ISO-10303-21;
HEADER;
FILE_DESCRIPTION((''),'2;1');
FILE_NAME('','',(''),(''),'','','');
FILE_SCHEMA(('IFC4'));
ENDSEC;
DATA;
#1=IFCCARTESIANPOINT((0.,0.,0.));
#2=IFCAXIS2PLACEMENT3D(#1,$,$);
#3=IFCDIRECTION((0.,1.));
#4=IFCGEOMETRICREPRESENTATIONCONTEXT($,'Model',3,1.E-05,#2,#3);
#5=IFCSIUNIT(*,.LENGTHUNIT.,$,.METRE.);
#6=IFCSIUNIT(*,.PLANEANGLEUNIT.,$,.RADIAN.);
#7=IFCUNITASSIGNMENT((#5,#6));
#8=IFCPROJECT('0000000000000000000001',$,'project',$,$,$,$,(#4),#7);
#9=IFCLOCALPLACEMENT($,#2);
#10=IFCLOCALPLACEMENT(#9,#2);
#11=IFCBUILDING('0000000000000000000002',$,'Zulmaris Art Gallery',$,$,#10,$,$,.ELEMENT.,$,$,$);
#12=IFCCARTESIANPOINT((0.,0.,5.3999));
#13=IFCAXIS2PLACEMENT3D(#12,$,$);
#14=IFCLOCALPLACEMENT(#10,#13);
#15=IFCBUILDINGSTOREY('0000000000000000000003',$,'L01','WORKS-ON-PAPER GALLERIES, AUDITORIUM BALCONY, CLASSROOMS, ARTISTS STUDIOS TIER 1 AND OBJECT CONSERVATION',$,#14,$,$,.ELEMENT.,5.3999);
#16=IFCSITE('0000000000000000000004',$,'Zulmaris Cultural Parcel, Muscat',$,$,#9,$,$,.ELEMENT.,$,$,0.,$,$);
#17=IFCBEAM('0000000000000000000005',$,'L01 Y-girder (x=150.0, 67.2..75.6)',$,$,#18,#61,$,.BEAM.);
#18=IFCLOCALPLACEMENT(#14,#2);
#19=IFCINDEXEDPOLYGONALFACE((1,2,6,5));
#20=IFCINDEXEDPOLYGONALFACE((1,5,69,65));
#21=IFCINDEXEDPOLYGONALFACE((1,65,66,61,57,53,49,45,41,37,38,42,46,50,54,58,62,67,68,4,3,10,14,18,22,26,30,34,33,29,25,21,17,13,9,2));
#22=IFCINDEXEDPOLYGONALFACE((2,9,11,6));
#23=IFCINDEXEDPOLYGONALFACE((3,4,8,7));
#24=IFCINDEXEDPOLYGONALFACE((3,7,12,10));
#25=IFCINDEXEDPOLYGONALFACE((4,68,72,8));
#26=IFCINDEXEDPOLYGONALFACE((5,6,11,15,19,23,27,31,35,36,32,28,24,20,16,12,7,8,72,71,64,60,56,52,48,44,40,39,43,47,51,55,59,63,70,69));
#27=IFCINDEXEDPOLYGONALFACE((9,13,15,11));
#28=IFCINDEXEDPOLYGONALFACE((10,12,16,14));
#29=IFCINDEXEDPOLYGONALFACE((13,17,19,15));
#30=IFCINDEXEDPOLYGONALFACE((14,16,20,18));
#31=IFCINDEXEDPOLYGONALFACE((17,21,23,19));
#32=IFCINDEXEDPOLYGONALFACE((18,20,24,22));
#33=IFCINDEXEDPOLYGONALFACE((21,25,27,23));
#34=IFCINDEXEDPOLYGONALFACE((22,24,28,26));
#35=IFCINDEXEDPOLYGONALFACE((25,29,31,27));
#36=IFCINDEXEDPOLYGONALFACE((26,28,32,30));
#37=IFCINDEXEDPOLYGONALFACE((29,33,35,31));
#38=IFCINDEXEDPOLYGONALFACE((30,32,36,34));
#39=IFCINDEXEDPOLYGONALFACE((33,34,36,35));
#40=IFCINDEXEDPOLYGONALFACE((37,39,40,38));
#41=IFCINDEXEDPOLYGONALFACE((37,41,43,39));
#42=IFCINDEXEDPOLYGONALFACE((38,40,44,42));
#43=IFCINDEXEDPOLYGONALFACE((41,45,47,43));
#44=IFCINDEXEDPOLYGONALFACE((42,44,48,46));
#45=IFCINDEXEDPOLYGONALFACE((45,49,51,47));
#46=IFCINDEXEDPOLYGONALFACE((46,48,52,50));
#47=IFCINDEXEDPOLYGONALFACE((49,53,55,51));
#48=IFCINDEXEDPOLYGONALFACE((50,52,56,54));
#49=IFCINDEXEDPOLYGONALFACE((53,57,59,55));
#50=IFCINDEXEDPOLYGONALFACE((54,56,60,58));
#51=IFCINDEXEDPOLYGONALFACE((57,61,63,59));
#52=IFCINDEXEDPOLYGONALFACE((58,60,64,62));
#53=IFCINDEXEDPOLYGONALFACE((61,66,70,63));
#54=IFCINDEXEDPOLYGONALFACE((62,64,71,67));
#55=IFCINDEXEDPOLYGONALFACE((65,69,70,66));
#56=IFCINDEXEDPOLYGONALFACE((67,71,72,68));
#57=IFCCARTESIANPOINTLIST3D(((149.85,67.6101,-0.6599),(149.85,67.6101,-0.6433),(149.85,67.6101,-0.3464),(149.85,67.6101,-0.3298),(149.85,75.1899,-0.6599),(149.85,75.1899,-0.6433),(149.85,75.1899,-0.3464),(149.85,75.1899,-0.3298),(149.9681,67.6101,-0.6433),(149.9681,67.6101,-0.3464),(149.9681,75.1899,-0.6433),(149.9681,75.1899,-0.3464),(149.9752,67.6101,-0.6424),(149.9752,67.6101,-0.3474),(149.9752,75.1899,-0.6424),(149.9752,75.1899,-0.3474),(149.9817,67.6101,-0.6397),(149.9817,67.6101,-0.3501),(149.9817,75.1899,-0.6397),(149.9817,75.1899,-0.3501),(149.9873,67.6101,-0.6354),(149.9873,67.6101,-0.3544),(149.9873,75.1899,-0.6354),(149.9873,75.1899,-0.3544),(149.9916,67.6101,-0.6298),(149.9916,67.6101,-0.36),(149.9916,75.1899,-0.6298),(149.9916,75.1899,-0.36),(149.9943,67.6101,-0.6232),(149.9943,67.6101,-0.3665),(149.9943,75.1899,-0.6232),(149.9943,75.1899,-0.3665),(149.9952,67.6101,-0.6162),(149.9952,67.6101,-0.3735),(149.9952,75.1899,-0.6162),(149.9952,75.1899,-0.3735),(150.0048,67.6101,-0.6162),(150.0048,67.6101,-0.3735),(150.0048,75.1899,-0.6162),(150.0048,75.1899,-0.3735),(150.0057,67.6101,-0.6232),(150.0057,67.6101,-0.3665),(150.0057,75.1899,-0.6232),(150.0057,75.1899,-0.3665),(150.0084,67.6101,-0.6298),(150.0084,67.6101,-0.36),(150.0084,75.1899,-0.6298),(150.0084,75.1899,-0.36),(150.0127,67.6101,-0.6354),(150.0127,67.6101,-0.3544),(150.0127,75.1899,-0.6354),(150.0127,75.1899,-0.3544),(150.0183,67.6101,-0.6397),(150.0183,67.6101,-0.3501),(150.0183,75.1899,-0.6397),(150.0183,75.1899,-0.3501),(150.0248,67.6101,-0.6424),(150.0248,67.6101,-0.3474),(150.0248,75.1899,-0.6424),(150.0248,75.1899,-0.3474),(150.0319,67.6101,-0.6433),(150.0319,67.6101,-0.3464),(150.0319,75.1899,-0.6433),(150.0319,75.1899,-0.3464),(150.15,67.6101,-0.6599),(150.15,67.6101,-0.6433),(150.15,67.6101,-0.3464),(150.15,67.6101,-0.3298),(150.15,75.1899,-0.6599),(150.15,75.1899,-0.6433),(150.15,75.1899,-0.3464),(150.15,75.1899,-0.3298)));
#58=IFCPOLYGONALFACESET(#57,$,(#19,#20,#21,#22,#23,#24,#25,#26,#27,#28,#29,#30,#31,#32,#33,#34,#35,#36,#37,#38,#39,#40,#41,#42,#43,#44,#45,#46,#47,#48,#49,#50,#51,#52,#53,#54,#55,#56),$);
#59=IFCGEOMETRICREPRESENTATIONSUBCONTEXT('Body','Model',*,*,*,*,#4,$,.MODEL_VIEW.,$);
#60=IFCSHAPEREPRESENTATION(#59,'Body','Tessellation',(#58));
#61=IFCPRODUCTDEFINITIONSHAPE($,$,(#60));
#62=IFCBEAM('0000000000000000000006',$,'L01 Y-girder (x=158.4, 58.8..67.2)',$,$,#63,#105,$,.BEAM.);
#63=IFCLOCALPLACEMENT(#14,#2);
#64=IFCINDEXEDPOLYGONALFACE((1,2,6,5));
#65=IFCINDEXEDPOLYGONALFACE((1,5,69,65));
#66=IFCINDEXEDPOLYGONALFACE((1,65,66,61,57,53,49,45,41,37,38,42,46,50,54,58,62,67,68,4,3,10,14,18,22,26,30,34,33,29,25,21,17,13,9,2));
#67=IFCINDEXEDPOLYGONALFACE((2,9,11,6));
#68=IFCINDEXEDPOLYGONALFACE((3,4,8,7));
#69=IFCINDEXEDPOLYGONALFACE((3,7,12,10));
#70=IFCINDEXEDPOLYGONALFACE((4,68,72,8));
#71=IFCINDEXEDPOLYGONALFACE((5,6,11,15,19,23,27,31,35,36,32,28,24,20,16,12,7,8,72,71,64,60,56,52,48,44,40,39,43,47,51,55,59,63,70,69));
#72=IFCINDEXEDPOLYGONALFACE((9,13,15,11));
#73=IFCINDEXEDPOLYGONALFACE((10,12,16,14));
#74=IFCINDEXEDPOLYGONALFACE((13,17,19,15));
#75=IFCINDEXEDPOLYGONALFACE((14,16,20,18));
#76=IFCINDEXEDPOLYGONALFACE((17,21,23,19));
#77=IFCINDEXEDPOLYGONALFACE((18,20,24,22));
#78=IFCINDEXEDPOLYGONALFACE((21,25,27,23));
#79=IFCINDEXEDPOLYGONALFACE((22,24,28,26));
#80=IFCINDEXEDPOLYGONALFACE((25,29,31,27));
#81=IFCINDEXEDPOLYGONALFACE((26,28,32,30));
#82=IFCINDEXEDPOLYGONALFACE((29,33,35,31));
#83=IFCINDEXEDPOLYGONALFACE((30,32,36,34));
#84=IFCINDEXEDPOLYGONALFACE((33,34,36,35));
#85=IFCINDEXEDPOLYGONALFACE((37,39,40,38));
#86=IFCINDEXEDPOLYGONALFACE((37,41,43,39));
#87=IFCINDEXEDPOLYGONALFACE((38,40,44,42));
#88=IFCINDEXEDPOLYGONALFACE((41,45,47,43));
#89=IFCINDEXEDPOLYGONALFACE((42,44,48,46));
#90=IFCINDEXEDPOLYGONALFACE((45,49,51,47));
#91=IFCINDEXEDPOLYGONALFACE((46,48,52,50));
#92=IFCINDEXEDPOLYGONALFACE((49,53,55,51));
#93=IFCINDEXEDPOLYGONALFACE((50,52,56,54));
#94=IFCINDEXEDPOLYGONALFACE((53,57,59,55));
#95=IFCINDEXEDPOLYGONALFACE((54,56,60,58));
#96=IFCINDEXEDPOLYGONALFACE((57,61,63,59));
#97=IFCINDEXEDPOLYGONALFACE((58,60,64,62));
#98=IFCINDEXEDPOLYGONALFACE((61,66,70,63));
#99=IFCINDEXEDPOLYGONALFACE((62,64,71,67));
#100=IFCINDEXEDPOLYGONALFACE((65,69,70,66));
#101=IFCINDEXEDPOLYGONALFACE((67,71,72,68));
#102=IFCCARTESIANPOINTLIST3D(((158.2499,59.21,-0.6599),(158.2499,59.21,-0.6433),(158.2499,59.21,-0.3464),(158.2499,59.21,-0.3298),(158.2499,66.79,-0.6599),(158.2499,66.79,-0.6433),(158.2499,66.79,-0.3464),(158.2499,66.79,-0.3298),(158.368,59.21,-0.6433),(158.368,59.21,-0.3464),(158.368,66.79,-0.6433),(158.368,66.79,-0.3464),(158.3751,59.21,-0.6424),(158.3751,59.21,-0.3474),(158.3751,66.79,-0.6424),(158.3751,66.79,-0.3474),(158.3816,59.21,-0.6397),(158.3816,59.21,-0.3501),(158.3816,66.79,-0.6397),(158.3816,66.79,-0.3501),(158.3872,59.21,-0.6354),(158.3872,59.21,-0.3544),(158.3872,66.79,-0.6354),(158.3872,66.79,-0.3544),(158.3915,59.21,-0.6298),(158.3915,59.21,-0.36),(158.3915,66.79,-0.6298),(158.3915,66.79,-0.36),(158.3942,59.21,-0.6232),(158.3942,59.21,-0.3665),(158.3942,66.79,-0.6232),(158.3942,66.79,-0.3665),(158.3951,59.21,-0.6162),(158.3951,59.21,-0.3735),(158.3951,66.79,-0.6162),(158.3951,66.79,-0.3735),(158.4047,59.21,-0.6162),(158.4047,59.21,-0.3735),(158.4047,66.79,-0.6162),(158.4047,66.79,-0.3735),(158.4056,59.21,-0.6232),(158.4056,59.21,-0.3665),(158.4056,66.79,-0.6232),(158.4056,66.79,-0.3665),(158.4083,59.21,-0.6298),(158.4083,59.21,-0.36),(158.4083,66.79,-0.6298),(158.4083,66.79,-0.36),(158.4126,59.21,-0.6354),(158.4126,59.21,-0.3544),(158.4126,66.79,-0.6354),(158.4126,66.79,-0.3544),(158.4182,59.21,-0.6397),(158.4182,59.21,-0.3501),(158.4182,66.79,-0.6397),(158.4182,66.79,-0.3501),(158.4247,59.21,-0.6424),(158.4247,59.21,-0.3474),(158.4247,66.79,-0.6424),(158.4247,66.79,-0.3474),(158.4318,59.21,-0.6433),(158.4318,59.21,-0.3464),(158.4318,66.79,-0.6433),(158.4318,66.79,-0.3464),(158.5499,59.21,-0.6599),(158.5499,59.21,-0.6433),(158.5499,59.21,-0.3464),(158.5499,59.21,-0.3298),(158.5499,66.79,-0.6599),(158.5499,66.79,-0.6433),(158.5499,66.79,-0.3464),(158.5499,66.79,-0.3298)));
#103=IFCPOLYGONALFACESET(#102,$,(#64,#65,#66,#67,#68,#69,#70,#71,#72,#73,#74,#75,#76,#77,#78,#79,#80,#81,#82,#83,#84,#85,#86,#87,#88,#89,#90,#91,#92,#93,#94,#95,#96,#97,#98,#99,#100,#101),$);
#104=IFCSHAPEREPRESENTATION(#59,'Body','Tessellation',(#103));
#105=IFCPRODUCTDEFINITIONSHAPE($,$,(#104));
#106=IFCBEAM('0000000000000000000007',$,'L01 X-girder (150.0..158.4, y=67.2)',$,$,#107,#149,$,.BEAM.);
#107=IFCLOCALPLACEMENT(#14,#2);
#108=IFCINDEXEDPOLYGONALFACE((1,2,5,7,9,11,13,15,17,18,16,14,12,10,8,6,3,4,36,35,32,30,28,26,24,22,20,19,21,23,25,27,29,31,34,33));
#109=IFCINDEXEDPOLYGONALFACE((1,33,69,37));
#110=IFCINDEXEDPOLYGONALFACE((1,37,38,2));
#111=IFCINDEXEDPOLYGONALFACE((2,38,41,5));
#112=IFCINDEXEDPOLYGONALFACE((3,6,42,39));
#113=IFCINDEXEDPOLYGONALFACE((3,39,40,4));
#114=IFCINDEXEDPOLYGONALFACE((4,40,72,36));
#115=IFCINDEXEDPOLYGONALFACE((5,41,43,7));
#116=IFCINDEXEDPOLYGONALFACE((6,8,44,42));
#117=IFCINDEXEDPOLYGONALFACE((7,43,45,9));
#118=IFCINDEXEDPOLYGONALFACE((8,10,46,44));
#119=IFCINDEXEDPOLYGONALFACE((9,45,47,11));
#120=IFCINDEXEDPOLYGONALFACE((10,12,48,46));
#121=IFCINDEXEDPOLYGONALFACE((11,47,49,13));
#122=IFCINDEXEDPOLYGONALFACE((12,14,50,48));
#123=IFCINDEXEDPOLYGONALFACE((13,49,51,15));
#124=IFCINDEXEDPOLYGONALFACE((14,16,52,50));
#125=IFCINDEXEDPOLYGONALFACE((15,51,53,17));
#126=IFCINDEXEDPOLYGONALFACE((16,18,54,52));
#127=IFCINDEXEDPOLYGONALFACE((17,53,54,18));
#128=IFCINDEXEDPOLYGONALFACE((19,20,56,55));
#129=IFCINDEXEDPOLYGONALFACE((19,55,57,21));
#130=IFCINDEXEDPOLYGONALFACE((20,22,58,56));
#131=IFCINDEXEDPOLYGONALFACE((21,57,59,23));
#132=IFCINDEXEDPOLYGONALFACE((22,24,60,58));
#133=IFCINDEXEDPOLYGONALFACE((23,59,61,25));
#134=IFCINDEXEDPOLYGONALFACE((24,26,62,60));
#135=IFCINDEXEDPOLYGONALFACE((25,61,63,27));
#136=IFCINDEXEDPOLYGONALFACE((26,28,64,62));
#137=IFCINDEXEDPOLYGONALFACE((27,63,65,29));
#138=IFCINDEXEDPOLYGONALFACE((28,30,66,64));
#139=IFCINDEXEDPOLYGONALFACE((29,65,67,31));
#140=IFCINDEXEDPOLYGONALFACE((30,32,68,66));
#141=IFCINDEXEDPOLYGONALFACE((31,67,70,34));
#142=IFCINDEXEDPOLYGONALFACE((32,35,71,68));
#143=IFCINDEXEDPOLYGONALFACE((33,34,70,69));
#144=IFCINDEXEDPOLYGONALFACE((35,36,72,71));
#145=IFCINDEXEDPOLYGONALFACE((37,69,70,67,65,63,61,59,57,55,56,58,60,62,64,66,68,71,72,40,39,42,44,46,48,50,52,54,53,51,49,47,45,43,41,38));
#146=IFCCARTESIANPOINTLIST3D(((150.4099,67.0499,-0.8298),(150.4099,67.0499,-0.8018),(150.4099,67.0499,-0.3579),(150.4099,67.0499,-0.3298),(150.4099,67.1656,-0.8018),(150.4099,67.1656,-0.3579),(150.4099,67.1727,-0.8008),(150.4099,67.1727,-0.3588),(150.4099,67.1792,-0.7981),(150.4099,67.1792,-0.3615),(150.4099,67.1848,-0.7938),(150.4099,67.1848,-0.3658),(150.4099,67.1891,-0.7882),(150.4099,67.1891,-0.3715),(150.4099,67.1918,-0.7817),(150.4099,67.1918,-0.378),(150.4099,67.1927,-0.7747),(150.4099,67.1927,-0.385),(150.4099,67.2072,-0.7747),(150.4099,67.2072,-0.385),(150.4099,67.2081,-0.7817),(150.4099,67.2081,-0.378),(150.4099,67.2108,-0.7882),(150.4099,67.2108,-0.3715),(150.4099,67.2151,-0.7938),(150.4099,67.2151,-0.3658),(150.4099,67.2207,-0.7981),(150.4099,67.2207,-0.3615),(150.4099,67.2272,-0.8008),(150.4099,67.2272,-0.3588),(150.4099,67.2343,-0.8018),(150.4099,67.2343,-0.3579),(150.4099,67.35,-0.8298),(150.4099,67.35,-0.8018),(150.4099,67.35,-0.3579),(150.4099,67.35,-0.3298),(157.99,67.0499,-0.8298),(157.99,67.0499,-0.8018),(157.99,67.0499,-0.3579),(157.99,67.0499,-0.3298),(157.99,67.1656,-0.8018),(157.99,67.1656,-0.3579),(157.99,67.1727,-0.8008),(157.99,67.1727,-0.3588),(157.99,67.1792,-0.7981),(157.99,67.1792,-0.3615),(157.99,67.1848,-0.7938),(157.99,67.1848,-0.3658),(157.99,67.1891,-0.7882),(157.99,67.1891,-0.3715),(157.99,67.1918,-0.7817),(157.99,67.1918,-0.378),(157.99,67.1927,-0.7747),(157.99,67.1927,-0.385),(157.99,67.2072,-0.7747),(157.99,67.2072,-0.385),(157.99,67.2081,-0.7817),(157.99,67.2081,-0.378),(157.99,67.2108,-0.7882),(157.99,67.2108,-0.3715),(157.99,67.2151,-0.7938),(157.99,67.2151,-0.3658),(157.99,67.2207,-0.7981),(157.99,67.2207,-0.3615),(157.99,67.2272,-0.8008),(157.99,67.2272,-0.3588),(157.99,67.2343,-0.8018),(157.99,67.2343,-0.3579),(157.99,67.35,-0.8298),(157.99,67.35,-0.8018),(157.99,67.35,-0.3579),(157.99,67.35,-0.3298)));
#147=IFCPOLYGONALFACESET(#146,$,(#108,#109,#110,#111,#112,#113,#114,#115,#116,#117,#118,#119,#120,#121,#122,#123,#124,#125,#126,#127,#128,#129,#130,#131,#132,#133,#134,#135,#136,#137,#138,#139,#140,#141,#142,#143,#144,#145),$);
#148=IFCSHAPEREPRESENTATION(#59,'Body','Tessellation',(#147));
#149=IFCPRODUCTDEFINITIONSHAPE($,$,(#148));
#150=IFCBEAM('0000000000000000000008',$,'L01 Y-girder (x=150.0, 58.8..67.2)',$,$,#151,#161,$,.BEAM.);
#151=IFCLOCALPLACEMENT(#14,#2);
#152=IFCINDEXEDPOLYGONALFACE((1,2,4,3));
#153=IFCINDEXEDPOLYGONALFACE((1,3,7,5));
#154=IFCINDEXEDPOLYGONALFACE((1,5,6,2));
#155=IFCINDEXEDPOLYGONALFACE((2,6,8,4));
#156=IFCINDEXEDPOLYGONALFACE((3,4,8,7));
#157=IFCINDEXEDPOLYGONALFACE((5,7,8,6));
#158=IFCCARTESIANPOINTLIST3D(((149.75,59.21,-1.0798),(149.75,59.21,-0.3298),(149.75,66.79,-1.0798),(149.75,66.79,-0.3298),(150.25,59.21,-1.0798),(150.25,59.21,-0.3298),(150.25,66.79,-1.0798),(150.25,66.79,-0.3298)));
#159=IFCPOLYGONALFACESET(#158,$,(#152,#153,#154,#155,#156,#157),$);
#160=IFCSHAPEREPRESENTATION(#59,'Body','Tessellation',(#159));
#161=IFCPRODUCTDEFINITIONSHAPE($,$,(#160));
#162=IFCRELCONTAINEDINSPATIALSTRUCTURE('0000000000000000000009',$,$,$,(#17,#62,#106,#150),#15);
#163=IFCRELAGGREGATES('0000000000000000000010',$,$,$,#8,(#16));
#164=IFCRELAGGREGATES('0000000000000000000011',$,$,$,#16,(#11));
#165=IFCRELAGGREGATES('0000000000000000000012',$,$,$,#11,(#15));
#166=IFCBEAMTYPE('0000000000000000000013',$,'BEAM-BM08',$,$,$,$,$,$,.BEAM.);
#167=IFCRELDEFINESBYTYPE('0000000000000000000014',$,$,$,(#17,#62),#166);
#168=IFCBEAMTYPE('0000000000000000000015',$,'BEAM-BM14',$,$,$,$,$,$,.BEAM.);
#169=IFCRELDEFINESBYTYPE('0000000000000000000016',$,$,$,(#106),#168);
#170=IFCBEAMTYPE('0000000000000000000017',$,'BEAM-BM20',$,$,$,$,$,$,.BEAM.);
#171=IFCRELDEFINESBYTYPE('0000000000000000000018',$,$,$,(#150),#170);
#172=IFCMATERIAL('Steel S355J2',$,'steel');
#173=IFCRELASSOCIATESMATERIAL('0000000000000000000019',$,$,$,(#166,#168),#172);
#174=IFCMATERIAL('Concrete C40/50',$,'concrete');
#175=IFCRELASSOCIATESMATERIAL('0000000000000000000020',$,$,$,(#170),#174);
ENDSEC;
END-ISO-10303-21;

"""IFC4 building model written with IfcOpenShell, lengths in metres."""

from ifc_helpers import new_model, si_unit, direction, frame, origin, origin_2d, place, context, subcontext, project, spatial, rectangle, i_section, extrude, material, material_profile, profile_set, type_object, element, save


model = new_model("IFC4")

# Units and contexts
model_context = context("Model", 3, precision=1e-05, world=origin(), true_north=direction((0.0, 1.0)))
body_context = subcontext(model_context, "Body", "Model", "MODEL_VIEW")
ifc_project = project(units=[si_unit("LENGTHUNIT", "METRE"), si_unit("PLANEANGLEUNIT", "RADIAN")], contexts=[model_context])

# Site, building, storey
site_placement = place(None, origin())
site = spatial("IfcSite", under=ifc_project, at=site_placement, Name="Zulmaris Cultural Parcel, Muscat", CompositionType="ELEMENT", RefElevation=0.0)
building_placement = place(site_placement, origin())
building = spatial("IfcBuilding", under=site, at=building_placement, Name="Zulmaris Art Gallery", CompositionType="ELEMENT")
storey_placement = place(building_placement, frame((0.0, 0.0, 5.3999)))
storey = spatial("IfcBuildingStorey", under=building, at=storey_placement, Name="L01", Description="WORKS-ON-PAPER GALLERIES, AUDITORIUM BALCONY, CLASSROOMS, ARTISTS STUDIOS TIER 1 AND OBJECT CONSERVATION", CompositionType="ELEMENT", Elevation=5.3999)

# Beams
ifc_material_1 = material(Name="Steel S355J2", Category="steel")
ifc_material_profile_1 = material_profile(ifc_material_1, i_section(OverallWidth=0.3, OverallDepth=0.3301, WebThickness=0.0095, FlangeThickness=0.0166, FilletRadius=0.0271, at=origin_2d()), Name="HEA 340")
ifc_profile_set_1 = profile_set([ifc_material_profile_1], Name="Steel S355J2")
beam_type_1 = type_object("IfcBeamType", Name="BEAM-BM08", PredefinedType="BEAM", material=ifc_profile_set_1)
beam_1_placement = place(storey_placement, frame((150.0, 67.6101, -0.4949), z_axis=(0.0, 1.0, 0.0), x_axis=(-1.0, 0.0, 0.0)))
element("IfcBeam", 1, at=beam_1_placement, inside=storey, type_object=beam_type_1, Name="L01 Y-girder (x=150.0, 67.2..75.6)", PredefinedType="BEAM", context=body_context, shape_type="SweptSolid", body=[
    extrude(i_section(OverallWidth=0.3, OverallDepth=0.3301, WebThickness=0.0095, FlangeThickness=0.0166, FilletRadius=0.0271, at=origin_2d()), origin(), (0.0, 0.0, 1.0), 7.5798),
])
beam_2_placement = place(storey_placement, frame((158.3999, 59.21, -0.4949), z_axis=(0.0, 1.0, 0.0), x_axis=(-1.0, 0.0, 0.0)))
element("IfcBeam", 2, at=beam_2_placement, inside=storey, type_object=beam_type_1, Name="L01 Y-girder (x=158.4, 58.8..67.2)", PredefinedType="BEAM", context=body_context, shape_type="SweptSolid", body=[
    extrude(i_section(OverallWidth=0.3, OverallDepth=0.3301, WebThickness=0.0095, FlangeThickness=0.0166, FilletRadius=0.0271, at=origin_2d()), origin(), (0.0, 0.0, 1.0), 7.5801),
])
ifc_material_profile_2 = material_profile(ifc_material_1, i_section(OverallWidth=0.3, OverallDepth=0.5, WebThickness=0.0144, FlangeThickness=0.0281, FilletRadius=0.0271, at=origin_2d()), Name="HEB 500")
ifc_profile_set_2 = profile_set([ifc_material_profile_2], Name="Steel S355J2")
beam_type_2 = type_object("IfcBeamType", Name="BEAM-BM14", PredefinedType="BEAM", material=ifc_profile_set_2)
beam_3_placement = place(storey_placement, frame((150.4099, 67.2, -0.5798), z_axis=(1.0, 0.0, 0.0), x_axis=(0.0, 1.0, 0.0)))
element("IfcBeam", 3, at=beam_3_placement, inside=storey, type_object=beam_type_2, Name="L01 X-girder (150.0..158.4, y=67.2)", PredefinedType="BEAM", context=body_context, shape_type="SweptSolid", body=[
    extrude(i_section(OverallWidth=0.3, OverallDepth=0.5, WebThickness=0.0144, FlangeThickness=0.0281, FilletRadius=0.0271, at=origin_2d()), origin(), (0.0, 0.0, 1.0), 7.5801),
])
ifc_material_2 = material(Name="Concrete C40/50", Category="concrete")
ifc_material_profile_3 = material_profile(ifc_material_2, rectangle(XDim=0.5, YDim=0.75, at=origin_2d()), Name="RC 500x750")
ifc_profile_set_3 = profile_set([ifc_material_profile_3], Name="Concrete C40/50")
beam_type_3 = type_object("IfcBeamType", Name="BEAM-BM20", PredefinedType="BEAM", material=ifc_profile_set_3)
beam_4_placement = place(storey_placement, frame((150.0, 59.21, -0.7048), z_axis=(0.0, 1.0, 0.0), x_axis=(-1.0, 0.0, 0.0)))
element("IfcBeam", 4, at=beam_4_placement, inside=storey, type_object=beam_type_3, Name="L01 Y-girder (x=150.0, 58.8..67.2)", PredefinedType="BEAM", context=body_context, shape_type="SweptSolid", body=[
    extrude(rectangle(XDim=0.5, YDim=0.75, at=origin_2d()), origin(), (0.0, 0.0, 1.0), 7.5801),
])

save(model, "model.ifc")
